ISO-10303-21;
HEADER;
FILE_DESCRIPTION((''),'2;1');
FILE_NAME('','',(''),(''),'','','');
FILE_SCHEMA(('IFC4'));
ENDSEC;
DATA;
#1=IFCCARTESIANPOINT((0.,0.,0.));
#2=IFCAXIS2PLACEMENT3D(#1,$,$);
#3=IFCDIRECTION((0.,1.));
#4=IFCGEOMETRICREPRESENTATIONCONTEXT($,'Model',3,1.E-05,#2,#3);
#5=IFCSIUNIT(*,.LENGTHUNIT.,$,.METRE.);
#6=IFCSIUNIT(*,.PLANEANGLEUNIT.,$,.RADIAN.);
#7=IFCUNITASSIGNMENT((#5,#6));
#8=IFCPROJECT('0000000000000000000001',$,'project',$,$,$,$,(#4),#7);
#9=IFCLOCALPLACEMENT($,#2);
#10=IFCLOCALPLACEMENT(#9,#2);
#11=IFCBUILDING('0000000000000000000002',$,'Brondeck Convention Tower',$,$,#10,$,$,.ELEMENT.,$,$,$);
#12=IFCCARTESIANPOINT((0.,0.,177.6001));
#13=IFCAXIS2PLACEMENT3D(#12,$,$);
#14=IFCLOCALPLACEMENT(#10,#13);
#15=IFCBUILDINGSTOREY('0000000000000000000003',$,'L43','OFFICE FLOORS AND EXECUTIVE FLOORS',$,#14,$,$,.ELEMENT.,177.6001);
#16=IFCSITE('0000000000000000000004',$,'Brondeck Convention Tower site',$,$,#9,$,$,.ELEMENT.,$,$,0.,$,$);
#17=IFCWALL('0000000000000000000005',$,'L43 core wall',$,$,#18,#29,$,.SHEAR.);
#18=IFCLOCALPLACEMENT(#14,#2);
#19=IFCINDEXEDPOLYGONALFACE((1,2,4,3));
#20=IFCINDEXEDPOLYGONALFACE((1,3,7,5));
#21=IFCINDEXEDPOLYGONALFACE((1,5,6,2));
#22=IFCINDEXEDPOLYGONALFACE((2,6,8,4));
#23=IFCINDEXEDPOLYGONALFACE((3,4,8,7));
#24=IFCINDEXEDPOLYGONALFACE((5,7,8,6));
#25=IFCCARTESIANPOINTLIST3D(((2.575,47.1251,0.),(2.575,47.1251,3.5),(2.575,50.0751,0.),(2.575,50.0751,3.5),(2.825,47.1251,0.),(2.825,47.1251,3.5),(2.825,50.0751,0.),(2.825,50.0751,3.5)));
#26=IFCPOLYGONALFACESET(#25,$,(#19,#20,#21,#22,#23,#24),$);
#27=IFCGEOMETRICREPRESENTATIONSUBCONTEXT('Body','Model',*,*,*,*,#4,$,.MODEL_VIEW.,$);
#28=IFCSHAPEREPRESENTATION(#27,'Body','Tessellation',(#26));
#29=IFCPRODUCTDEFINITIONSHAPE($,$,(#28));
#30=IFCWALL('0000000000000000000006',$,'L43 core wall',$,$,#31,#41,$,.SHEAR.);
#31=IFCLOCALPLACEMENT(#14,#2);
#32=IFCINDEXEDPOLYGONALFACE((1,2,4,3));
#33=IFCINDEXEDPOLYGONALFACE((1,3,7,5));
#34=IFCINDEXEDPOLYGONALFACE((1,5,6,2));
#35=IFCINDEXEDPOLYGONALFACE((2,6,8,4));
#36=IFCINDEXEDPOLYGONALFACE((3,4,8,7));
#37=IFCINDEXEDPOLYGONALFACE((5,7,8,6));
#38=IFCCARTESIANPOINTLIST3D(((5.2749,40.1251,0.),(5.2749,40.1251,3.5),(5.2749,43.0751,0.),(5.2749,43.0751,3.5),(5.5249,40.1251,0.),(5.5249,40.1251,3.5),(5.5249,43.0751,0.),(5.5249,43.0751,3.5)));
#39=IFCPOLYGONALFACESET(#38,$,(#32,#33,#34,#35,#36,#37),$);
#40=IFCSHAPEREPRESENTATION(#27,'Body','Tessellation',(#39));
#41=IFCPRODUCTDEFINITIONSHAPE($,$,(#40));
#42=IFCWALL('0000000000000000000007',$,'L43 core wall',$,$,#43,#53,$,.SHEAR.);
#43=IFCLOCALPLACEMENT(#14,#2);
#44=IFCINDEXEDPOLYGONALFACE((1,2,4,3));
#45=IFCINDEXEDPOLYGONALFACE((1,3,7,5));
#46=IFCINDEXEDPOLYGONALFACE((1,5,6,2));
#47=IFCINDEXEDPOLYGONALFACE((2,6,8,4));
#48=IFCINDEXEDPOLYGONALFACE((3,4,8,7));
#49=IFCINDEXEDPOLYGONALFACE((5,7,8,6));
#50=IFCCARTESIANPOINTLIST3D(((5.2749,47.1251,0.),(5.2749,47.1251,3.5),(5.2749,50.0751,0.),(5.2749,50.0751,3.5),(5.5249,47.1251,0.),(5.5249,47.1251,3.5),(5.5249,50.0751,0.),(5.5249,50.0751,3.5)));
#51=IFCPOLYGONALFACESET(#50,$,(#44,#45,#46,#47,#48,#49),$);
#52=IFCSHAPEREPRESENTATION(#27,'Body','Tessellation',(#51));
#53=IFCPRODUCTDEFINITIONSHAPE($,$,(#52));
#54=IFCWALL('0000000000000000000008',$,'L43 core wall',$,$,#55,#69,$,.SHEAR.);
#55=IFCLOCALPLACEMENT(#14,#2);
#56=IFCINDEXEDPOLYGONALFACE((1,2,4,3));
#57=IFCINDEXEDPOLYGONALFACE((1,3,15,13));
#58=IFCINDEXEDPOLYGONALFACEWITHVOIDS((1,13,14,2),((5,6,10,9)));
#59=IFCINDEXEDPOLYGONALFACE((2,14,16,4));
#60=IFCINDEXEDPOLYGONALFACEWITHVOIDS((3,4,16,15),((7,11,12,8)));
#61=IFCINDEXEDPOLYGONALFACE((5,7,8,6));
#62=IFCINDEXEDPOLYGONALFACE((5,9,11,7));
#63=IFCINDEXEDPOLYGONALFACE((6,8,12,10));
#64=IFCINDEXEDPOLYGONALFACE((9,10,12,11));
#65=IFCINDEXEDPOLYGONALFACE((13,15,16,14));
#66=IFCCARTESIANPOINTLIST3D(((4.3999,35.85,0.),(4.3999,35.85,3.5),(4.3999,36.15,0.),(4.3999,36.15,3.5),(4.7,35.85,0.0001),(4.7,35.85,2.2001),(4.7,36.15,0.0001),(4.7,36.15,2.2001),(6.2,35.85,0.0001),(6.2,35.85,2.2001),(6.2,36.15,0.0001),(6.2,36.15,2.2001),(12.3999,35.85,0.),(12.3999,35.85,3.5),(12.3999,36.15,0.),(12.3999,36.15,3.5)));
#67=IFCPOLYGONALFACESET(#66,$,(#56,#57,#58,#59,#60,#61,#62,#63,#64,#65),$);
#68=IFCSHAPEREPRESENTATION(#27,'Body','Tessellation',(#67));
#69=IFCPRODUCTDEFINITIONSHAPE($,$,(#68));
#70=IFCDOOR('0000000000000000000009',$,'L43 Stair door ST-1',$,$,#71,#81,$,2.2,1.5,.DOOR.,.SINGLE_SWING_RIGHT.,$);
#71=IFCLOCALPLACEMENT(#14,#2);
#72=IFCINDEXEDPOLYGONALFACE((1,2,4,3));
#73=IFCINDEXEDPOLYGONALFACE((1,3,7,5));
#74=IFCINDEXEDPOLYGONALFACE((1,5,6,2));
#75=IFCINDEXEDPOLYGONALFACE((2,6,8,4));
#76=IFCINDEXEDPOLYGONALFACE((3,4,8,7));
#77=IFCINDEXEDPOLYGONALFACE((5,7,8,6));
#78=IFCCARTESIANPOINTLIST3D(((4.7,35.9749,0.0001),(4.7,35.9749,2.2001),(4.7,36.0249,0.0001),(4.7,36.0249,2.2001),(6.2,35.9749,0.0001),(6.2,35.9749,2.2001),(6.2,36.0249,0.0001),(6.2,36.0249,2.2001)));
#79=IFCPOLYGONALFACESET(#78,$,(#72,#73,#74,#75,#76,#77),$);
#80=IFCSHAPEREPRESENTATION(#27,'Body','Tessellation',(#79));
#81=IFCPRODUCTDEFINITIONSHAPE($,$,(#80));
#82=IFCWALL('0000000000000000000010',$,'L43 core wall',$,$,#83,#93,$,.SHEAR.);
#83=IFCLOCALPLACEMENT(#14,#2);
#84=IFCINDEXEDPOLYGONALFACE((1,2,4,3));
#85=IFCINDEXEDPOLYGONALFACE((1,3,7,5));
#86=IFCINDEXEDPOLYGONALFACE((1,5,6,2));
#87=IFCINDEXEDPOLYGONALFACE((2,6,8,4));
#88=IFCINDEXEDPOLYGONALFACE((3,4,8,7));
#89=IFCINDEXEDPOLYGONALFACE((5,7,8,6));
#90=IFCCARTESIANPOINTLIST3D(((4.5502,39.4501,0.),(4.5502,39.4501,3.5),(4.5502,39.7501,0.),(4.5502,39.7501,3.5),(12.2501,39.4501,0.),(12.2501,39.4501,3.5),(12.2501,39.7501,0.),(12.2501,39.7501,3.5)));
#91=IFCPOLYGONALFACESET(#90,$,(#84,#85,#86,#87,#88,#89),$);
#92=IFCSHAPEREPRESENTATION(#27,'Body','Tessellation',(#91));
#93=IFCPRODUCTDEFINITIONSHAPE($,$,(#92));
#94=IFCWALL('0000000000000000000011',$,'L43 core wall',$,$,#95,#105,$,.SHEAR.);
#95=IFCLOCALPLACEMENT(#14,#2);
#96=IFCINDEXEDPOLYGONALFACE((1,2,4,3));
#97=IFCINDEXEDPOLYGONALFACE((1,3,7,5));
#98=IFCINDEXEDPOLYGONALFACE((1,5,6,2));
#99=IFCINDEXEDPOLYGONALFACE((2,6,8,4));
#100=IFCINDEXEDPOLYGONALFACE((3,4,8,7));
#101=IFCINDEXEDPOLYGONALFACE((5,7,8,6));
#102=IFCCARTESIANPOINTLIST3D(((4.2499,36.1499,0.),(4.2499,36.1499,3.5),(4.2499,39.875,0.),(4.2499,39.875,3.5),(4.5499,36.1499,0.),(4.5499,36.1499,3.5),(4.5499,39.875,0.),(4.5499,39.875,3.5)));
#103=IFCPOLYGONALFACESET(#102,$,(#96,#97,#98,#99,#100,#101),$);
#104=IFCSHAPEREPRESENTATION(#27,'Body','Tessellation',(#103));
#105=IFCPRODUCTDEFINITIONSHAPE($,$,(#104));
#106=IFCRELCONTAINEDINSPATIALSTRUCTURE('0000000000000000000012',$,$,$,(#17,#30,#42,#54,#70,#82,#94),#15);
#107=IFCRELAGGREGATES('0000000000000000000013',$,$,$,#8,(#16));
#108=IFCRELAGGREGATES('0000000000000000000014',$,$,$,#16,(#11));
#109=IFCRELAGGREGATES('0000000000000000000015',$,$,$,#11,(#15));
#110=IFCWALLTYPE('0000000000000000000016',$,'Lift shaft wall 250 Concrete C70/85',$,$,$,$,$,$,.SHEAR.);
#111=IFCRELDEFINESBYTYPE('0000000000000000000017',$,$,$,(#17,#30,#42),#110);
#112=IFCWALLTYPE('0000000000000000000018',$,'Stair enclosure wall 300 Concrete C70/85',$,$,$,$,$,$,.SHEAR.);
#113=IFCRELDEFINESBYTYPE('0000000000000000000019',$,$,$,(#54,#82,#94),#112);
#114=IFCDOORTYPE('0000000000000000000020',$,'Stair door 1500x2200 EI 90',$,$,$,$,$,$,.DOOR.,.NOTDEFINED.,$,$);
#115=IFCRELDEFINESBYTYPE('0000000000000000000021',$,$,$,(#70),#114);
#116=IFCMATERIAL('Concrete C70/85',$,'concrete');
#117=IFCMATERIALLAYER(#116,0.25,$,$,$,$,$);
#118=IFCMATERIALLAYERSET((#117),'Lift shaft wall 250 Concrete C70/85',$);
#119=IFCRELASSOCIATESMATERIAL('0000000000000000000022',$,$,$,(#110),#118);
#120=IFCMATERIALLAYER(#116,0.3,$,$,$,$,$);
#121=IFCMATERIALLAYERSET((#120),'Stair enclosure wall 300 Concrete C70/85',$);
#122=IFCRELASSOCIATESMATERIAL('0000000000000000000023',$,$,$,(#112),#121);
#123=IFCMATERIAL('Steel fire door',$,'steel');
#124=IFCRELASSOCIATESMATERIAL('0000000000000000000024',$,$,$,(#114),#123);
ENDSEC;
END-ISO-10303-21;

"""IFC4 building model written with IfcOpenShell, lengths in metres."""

from ifc_helpers import new_model, si_unit, direction, frame, frame_2d, origin, place, context, subcontext, project, spatial, rectangle, extrude, material, layer, layer_set, type_object, element, fill, save


model = new_model("IFC4")

# Units and contexts
model_context = context("Model", 3, precision=1e-05, world=origin(), true_north=direction((0.0, 1.0)))
body_context = subcontext(model_context, "Body", "Model", "MODEL_VIEW")
ifc_project = project(units=[si_unit("LENGTHUNIT", "METRE"), si_unit("PLANEANGLEUNIT", "RADIAN")], contexts=[model_context])

# Site, building, storey
site_placement = place(None, origin())
site = spatial("IfcSite", under=ifc_project, at=site_placement, Name="Brondeck Convention Tower site", CompositionType="ELEMENT", RefElevation=0.0)
building_placement = place(site_placement, origin())
building = spatial("IfcBuilding", under=site, at=building_placement, Name="Brondeck Convention Tower", CompositionType="ELEMENT")
storey_placement = place(building_placement, frame((0.0, 0.0, 177.6001)))
storey = spatial("IfcBuildingStorey", under=building, at=storey_placement, Name="L43", Description="OFFICE FLOORS AND EXECUTIVE FLOORS", CompositionType="ELEMENT", Elevation=177.6001)

# Shared definitions
ifc_material_1 = material(Name="Concrete C70/85", Category="concrete")

# Shared definitions
ifc_material_2 = material(Name="Steel fire door", Category="steel")

# Shared definitions
ifc_layer_1 = layer(ifc_material_1, 0.25)
ifc_layer_set_1 = layer_set([ifc_layer_1], Name="Lift shaft wall 250 Concrete C70/85")
wall_type_1 = type_object("IfcWallType", Name="Lift shaft wall 250 Concrete C70/85", PredefinedType="SHEAR", material=ifc_layer_set_1)

# Walls
for number, where, z_axis, x_axis, name in (
    (1, (2.7, 47.125, 0.0), (0.0, 0.0, 1.0), (0.0, 1.0, 0.0), "L43 core wall"),
    (2, (5.3999, 40.125, 0.0), (0.0, 0.0, 1.0), (0.0, 1.0, 0.0), "L43 core wall"),
    (3, (5.3999, 47.125, 0.0), (0.0, 0.0, 1.0), (0.0, 1.0, 0.0), "L43 core wall"),
):
    element("IfcWall", number, at=place(storey_placement, frame(where, z_axis=z_axis, x_axis=x_axis)), inside=storey, type_object=wall_type_1, Name=name, PredefinedType="SHEAR", context=body_context, shape_type="SweptSolid", body=[
        extrude(rectangle(XDim=2.95, YDim=0.25, at=frame_2d((1.4751, 0.0))), origin(), (0.0, 0.0, 1.0), 3.5),
    ])

# Wall, opening, door
ifc_layer_2 = layer(ifc_material_1, 0.3)
ifc_layer_set_2 = layer_set([ifc_layer_2], Name="Stair enclosure wall 300 Concrete C70/85")
wall_type_2 = type_object("IfcWallType", Name="Stair enclosure wall 300 Concrete C70/85", PredefinedType="SHEAR", material=ifc_layer_set_2)
wall_1_placement = place(storey_placement, frame((4.3999, 36.0, 0.0), z_axis=(0.0, 0.0, 1.0), x_axis=(1.0, 0.0, 0.0)))
wall_1 = element("IfcWall", 4, at=wall_1_placement, inside=storey, type_object=wall_type_2, Name="L43 core wall", PredefinedType="SHEAR", context=body_context, shape_type="SweptSolid", body=[
    extrude(rectangle(XDim=8.0, YDim=0.3, at=frame_2d((4.0, 0.0))), origin(), (0.0, 0.0, 1.0), 3.5),
])
opening_1_placement = place(wall_1_placement, frame((0.3, 0.0, 0.0)))
opening_1 = element("IfcOpeningElement", 5, at=opening_1_placement, cuts=wall_1, PredefinedType="OPENING", context=body_context, shape_type="SweptSolid", body=[
    extrude(rectangle(XDim=1.5, YDim=2.2, at=frame_2d((0.75, 1.1001))), frame((0.0, 0.1599, 0.0), z_axis=(0.0, -1.0, 0.0), x_axis=(1.0, 0.0, 0.0)), (0.0, 0.0, 1.0), 0.3201),
])
door_type_1 = type_object("IfcDoorType", Name="Stair door 1500x2200 EI 90", OperationType="NOTDEFINED", PredefinedType="DOOR", material=ifc_material_2)
door_1_placement = place(opening_1_placement, origin())
door_1 = element("IfcDoor", 6, at=door_1_placement, inside=storey, type_object=door_type_1, Name="L43 Stair door ST-1", OperationType="SINGLE_SWING_RIGHT", OverallHeight=2.2, OverallWidth=1.5, PredefinedType="DOOR", context=body_context, shape_type="SweptSolid", body=[
    extrude(rectangle(XDim=1.5, YDim=2.2, at=frame_2d((0.75, 1.1001))), frame((0.0, 0.0249, 0.0), z_axis=(0.0, -1.0, 0.0), x_axis=(1.0, 0.0, 0.0)), (0.0, 0.0, 1.0), 0.05),
])
fill(opening_1, door_1)

# Walls
wall_2_placement = place(storey_placement, frame((4.55, 39.6001, 0.0), z_axis=(0.0, 0.0, 1.0), x_axis=(1.0, 0.0, 0.0)))
element("IfcWall", 7, at=wall_2_placement, inside=storey, type_object=wall_type_2, Name="L43 core wall", PredefinedType="SHEAR", context=body_context, shape_type="SweptSolid", body=[
    extrude(rectangle(XDim=7.7, YDim=0.3, at=frame_2d((3.8501, 0.0))), origin(), (0.0, 0.0, 1.0), 3.5),
])
wall_3_placement = place(storey_placement, frame((4.3999, 36.1499, 0.0), z_axis=(0.0, 0.0, 1.0), x_axis=(0.0, 1.0, 0.0)))
element("IfcWall", 8, at=wall_3_placement, inside=storey, type_object=wall_type_2, Name="L43 core wall", PredefinedType="SHEAR", context=body_context, shape_type="SweptSolid", body=[
    extrude(rectangle(XDim=3.7251, YDim=0.3, at=frame_2d((1.8625, 0.0))), origin(), (0.0, 0.0, 1.0), 3.5),
])

save(model, "model.ifc")
